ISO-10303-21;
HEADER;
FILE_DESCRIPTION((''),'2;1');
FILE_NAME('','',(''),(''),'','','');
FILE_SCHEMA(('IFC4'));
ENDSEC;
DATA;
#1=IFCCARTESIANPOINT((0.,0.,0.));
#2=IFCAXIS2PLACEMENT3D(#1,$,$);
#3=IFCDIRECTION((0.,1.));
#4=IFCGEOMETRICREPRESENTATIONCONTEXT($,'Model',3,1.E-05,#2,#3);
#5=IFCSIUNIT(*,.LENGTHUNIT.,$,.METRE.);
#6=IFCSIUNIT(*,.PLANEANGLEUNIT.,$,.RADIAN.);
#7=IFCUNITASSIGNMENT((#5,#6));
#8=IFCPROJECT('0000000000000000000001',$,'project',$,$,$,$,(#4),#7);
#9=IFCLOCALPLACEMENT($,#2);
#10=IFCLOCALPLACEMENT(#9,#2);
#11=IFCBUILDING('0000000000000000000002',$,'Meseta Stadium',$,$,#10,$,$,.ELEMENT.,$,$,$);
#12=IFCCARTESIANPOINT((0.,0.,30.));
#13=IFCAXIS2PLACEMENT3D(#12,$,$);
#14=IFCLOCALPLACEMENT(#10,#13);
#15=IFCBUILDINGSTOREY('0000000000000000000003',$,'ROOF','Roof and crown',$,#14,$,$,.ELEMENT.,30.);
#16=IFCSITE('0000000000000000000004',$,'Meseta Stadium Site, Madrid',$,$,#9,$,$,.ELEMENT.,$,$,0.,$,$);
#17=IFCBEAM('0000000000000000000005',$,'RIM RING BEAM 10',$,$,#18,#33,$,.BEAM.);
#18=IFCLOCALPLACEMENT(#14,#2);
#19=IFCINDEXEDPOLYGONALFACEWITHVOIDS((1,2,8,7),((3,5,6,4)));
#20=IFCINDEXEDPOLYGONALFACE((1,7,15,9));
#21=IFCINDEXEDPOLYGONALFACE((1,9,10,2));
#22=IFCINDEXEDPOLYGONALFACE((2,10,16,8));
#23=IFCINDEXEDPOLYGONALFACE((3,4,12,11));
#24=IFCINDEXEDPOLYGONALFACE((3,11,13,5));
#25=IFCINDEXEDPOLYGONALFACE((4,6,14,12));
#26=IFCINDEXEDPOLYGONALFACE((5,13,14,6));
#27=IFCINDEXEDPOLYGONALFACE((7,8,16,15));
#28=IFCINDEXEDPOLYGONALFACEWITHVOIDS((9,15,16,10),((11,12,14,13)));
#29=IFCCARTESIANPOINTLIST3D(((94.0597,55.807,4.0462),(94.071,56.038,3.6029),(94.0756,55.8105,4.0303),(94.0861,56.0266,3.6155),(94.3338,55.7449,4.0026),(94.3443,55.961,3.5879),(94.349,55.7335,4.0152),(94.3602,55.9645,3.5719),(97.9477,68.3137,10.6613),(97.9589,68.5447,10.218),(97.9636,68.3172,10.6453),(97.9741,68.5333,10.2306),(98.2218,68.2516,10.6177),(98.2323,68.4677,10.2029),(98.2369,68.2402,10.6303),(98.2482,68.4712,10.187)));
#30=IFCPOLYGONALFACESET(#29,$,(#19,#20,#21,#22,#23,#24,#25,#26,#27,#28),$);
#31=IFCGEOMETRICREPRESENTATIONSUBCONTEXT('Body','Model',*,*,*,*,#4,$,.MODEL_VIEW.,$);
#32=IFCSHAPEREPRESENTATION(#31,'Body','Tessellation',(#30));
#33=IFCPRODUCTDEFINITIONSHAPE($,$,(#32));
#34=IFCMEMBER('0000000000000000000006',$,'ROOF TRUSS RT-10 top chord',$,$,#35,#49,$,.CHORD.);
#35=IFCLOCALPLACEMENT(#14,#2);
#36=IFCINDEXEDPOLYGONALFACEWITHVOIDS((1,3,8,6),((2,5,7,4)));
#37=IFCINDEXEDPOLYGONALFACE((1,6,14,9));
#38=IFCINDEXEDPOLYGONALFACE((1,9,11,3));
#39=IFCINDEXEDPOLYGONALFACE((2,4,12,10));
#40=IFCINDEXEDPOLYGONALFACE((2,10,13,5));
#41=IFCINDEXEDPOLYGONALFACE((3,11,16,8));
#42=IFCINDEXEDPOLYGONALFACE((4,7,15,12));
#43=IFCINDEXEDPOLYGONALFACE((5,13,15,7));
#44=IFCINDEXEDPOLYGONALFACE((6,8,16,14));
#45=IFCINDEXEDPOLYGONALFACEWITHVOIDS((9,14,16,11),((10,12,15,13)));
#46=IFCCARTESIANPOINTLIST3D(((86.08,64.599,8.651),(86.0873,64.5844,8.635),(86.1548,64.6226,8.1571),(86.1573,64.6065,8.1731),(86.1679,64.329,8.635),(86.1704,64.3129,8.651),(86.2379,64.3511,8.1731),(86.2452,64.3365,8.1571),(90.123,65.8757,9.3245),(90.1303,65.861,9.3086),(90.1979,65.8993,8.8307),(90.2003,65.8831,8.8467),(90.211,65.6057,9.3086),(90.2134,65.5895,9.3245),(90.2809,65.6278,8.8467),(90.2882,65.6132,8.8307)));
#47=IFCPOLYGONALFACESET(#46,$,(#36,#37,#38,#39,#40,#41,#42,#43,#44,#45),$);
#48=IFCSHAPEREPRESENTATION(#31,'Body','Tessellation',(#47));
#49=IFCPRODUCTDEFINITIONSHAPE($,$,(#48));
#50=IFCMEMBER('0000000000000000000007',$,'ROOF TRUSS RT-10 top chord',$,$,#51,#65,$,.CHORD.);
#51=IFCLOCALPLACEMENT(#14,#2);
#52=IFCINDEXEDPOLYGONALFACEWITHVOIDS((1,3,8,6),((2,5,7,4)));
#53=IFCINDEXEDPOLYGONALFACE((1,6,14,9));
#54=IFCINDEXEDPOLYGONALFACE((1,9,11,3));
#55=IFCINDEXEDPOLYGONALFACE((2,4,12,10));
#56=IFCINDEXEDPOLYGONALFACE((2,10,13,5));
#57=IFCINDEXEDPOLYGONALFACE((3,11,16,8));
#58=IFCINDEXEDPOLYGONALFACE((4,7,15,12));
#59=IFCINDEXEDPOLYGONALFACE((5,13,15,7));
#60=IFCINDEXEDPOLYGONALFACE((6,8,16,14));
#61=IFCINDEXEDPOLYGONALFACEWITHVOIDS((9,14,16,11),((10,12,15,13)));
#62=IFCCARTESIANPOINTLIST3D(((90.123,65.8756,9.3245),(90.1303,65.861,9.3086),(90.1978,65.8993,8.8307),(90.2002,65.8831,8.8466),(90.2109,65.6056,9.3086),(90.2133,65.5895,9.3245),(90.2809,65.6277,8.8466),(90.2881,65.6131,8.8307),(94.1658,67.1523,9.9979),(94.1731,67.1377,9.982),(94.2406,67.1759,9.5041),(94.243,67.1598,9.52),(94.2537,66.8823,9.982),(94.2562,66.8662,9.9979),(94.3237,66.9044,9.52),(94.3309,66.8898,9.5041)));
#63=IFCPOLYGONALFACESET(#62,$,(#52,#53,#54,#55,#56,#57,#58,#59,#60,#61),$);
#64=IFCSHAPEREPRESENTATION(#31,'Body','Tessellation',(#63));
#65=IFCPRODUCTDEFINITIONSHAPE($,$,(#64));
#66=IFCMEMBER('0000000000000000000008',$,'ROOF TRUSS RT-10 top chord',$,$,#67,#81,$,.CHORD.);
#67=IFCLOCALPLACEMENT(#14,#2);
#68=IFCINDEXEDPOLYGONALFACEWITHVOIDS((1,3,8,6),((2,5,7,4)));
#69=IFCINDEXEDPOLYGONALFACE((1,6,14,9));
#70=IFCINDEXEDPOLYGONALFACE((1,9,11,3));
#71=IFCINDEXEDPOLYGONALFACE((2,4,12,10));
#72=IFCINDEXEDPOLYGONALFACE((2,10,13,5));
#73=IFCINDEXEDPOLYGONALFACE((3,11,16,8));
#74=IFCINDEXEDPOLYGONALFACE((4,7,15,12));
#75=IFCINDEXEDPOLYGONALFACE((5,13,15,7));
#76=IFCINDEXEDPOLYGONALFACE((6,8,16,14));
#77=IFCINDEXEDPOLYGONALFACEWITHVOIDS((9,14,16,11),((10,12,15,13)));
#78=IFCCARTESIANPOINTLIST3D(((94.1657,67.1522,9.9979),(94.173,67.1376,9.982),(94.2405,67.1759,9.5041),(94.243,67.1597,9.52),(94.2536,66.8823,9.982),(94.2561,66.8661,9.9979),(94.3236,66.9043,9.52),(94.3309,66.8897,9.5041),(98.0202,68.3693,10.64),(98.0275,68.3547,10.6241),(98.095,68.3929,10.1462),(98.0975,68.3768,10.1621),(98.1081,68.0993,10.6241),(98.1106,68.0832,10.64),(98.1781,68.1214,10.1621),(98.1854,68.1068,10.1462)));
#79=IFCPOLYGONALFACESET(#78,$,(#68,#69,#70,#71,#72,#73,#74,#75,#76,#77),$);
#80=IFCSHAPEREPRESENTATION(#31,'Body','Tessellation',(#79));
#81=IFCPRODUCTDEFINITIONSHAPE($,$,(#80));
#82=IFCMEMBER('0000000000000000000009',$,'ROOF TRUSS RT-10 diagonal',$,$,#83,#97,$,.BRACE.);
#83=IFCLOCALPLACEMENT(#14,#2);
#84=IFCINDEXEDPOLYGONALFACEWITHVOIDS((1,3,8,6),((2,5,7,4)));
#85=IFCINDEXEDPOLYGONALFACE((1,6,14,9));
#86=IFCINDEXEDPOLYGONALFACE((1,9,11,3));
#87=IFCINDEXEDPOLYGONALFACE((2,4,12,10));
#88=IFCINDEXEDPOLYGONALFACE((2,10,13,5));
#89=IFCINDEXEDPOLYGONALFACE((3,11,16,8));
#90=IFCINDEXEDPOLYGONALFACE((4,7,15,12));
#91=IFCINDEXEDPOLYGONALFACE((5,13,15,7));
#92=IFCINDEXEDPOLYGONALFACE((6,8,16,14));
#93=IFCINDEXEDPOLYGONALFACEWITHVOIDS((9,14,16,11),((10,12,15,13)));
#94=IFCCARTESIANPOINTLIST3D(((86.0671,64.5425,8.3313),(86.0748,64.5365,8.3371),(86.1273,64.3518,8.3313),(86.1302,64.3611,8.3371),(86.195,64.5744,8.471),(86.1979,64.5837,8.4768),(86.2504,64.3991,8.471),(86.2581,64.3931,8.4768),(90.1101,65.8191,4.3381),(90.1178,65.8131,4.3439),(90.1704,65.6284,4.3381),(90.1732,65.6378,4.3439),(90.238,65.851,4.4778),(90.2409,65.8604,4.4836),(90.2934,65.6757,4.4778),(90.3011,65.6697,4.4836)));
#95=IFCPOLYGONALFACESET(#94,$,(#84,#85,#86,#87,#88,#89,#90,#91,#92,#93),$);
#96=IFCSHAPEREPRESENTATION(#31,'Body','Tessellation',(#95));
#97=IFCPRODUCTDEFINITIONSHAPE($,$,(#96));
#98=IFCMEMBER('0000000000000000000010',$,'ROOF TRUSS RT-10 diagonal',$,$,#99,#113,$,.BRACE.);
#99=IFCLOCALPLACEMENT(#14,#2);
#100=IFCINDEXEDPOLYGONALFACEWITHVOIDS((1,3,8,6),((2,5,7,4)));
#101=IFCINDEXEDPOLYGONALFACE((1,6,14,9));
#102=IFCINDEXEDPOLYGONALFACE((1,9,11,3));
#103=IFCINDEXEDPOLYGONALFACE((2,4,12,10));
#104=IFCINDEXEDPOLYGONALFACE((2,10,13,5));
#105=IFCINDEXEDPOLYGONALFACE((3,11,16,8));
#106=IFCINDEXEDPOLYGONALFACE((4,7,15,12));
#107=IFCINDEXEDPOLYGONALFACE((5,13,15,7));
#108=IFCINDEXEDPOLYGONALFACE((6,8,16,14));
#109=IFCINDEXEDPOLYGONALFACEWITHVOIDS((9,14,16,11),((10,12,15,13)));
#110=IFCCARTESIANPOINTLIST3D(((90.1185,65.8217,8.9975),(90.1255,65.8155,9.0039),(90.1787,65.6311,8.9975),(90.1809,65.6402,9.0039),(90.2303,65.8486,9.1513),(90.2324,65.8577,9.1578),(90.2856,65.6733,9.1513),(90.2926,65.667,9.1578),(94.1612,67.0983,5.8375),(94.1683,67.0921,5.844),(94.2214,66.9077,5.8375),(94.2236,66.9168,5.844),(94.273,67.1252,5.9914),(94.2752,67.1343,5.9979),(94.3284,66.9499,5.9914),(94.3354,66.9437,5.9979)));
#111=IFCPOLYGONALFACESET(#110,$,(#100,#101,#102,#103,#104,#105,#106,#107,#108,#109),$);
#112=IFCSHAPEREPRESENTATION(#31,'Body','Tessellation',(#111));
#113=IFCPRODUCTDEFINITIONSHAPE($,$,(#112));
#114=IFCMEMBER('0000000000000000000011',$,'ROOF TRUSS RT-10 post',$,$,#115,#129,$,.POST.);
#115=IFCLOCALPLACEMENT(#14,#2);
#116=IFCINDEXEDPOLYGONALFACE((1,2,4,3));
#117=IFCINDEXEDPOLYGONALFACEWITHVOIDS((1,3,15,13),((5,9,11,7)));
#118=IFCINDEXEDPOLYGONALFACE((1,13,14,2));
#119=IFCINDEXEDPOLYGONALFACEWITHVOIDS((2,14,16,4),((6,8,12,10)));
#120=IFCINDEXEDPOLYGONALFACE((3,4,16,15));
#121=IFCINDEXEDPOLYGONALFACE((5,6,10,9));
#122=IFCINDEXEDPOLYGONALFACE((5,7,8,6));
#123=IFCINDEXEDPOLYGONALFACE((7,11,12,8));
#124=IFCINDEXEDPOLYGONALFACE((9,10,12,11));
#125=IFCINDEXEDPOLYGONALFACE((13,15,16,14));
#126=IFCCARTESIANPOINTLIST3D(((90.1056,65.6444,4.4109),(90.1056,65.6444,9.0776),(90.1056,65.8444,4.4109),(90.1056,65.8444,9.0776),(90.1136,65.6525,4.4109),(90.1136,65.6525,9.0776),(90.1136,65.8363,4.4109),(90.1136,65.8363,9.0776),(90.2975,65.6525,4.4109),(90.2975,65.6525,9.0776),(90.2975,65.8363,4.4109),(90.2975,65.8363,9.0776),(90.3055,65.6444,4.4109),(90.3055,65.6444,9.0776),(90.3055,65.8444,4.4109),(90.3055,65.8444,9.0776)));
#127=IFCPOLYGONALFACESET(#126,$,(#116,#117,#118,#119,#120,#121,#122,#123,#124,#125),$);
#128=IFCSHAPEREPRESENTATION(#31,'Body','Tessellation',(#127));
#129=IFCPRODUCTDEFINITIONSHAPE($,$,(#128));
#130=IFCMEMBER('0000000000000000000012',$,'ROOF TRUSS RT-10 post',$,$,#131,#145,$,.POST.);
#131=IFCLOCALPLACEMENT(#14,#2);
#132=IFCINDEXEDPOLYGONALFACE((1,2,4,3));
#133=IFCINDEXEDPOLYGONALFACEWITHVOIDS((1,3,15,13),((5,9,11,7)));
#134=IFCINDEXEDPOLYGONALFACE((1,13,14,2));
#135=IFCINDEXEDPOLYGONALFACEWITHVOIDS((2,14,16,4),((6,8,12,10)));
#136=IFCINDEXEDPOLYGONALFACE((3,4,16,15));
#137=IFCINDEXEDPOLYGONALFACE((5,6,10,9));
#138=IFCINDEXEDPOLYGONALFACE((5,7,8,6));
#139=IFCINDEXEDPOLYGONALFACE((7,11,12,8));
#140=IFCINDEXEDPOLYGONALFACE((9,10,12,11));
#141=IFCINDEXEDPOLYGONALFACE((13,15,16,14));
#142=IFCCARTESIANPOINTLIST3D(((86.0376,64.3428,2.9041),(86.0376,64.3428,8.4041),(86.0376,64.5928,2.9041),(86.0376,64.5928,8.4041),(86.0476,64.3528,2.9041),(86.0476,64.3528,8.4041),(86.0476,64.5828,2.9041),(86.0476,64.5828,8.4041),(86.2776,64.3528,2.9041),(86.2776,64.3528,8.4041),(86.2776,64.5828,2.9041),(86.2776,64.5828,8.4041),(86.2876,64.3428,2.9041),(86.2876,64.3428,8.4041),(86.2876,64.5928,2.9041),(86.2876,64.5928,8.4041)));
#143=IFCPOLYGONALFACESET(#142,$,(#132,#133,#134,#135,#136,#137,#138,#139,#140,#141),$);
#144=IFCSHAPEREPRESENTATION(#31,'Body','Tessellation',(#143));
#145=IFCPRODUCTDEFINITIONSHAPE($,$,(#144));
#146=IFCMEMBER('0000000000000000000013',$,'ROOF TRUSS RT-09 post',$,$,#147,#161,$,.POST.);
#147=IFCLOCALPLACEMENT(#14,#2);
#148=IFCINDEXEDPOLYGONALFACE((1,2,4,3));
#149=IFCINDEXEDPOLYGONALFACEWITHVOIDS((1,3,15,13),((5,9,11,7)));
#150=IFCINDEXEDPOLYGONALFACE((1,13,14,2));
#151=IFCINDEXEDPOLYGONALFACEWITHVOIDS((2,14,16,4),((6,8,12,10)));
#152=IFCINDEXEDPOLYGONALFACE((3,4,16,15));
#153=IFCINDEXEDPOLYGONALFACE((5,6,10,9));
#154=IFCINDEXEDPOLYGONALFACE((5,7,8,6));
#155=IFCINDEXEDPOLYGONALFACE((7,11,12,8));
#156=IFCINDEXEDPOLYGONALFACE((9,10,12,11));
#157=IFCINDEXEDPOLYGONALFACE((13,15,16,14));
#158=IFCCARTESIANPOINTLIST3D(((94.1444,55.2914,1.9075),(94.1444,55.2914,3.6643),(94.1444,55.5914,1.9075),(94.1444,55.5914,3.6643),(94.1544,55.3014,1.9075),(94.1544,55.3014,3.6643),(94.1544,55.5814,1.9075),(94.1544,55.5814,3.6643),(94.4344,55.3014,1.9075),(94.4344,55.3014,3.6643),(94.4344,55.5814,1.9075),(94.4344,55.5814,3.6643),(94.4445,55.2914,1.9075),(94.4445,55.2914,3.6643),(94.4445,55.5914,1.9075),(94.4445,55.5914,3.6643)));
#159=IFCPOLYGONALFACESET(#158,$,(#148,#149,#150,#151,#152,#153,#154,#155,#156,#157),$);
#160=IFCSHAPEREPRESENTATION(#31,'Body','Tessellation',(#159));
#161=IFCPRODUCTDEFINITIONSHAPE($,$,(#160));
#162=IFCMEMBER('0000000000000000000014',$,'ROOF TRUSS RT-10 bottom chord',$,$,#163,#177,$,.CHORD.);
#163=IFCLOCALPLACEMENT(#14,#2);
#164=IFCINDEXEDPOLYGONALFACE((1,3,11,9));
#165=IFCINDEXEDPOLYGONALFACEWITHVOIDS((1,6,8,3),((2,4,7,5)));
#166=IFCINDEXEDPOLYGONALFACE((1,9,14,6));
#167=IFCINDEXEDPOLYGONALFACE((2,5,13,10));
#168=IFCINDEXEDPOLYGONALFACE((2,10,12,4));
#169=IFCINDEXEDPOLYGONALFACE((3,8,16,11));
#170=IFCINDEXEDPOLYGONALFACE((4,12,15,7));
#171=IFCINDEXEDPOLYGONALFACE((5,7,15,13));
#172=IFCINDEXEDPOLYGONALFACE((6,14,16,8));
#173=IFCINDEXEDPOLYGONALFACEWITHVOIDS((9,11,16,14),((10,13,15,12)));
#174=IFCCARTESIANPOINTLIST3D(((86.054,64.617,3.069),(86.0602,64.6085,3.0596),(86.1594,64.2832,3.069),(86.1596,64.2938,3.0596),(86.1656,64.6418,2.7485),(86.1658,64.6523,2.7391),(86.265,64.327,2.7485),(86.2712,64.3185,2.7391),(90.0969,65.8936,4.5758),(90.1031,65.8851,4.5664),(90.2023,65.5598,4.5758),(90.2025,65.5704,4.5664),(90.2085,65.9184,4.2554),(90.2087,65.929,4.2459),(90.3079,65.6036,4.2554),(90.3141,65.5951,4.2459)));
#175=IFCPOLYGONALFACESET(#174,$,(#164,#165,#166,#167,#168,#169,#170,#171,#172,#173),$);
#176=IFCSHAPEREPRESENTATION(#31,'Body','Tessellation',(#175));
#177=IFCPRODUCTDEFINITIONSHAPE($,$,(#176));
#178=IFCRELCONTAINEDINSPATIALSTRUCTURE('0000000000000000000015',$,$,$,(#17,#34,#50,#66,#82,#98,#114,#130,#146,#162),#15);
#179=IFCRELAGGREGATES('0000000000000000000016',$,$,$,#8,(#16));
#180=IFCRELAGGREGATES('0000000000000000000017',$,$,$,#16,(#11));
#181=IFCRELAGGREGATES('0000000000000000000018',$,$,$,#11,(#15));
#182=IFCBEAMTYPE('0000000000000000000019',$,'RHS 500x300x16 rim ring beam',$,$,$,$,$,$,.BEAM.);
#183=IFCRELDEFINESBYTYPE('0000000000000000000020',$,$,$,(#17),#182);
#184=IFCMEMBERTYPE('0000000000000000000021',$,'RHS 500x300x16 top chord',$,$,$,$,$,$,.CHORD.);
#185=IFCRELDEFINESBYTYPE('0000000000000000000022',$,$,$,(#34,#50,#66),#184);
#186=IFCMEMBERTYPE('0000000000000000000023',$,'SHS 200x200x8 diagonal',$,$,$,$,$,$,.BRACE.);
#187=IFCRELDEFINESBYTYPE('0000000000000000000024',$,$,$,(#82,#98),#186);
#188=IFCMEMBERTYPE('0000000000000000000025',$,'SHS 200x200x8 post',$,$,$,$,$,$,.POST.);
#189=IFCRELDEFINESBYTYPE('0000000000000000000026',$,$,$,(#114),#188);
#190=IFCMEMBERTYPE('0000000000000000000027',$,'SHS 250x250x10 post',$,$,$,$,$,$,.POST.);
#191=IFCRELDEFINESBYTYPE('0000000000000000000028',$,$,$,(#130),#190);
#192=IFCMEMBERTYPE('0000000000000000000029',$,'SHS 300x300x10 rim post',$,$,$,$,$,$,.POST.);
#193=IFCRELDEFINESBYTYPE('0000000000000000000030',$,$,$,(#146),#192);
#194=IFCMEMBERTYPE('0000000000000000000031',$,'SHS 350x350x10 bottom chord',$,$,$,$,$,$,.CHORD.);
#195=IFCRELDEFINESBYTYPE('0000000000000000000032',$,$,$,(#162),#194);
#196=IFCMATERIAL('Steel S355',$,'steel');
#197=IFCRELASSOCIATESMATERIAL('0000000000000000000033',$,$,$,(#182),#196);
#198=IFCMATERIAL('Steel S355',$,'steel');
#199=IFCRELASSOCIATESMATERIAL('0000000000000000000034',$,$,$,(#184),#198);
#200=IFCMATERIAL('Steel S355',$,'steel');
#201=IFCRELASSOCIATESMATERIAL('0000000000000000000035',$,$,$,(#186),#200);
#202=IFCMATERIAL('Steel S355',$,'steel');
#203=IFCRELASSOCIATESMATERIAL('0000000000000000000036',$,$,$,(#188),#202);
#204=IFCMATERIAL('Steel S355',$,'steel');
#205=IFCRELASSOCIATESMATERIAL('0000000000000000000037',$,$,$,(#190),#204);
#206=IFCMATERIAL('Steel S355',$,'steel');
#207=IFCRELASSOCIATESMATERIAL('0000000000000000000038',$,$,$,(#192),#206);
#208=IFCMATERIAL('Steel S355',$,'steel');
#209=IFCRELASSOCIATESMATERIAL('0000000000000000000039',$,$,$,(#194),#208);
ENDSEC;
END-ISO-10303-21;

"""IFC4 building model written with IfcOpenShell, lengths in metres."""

from ifc_helpers import new_model, si_unit, direction, frame, origin, origin_2d, place, context, subcontext, project, spatial, hollow_rectangle, extrude, material, material_profile, profile_set, type_object, element, save


model = new_model("IFC4")

# Units and contexts
model_context = context("Model", 3, precision=1e-05, world=origin(), true_north=direction((0.0, 1.0)))
body_context = subcontext(model_context, "Body", "Model", "MODEL_VIEW")
ifc_project = project(units=[si_unit("LENGTHUNIT", "METRE"), si_unit("PLANEANGLEUNIT", "RADIAN")], contexts=[model_context])

# Site, building, storey
site_placement = place(None, origin())
site = spatial("IfcSite", under=ifc_project, at=site_placement, Name="Meseta Stadium Site, Madrid", CompositionType="ELEMENT", RefElevation=0.0)
building_placement = place(site_placement, origin())
building = spatial("IfcBuilding", under=site, at=building_placement, Name="Meseta Stadium", CompositionType="ELEMENT")
storey_placement = place(building_placement, frame((0.0, 0.0, 30.0)))
storey = spatial("IfcBuildingStorey", under=building, at=storey_placement, Name="ROOF", Description="Roof and crown", CompositionType="ELEMENT", Elevation=30.0)

# Beam
ifc_material_1 = material(Name="Steel S355", Category="steel")
ifc_material_profile_1 = material_profile(ifc_material_1, hollow_rectangle(XDim=0.3, YDim=0.5, WallThickness=0.0161, at=origin_2d()), Name="RHS 500x300x16")
ifc_profile_set_1 = profile_set([ifc_material_profile_1], Name="Steel S355")
beam_type = type_object("IfcBeamType", Name="RHS 500x300x16 rim ring beam", PredefinedType="BEAM", material=ifc_profile_set_1)
beam_placement = place(storey_placement, frame((94.21, 55.8857, 3.8091), z_axis=(0.264977, 0.85237, 0.450836), x_axis=(-0.963992, 0.245072, 0.103239)))
element("IfcBeam", 1, at=beam_placement, inside=storey, type_object=beam_type, Name="RIM RING BEAM 10", PredefinedType="BEAM", context=body_context, shape_type="SweptSolid", body=[
    extrude(hollow_rectangle(XDim=0.3, YDim=0.5, WallThickness=0.0161, at=origin_2d()), origin(), (0.0, 0.0, 1.0), 14.6729),
])

# Members
ifc_material_2 = material(Name="Steel S355", Category="steel")
ifc_material_profile_2 = material_profile(ifc_material_2, hollow_rectangle(XDim=0.3, YDim=0.5, WallThickness=0.0161, at=origin_2d()), Name="RHS 500x300x16")
ifc_profile_set_2 = profile_set([ifc_material_profile_2], Name="Steel S355")
member_type_1 = type_object("IfcMemberType", Name="RHS 500x300x16 top chord", PredefinedType="CHORD", material=ifc_profile_set_2)
member_1_placement = place(storey_placement, frame((86.1626, 64.4678, 8.4041), z_axis=(0.941779, 0.297377, 0.156906), x_axis=(-0.301107, 0.95359, 0.0)))
element("IfcMember", 2, at=member_1_placement, inside=storey, type_object=member_type_1, Name="ROOF TRUSS RT-10 top chord", PredefinedType="CHORD", context=body_context, shape_type="SweptSolid", body=[
    extrude(hollow_rectangle(XDim=0.3, YDim=0.5, WallThickness=0.0161, at=origin_2d()), origin(), (0.0, 0.0, 1.0), 4.293),
])
member_2_placement = place(storey_placement, frame((90.2056, 65.7444, 9.0776), z_axis=(0.941781, 0.297395, 0.156859), x_axis=(-0.301123, 0.953585, 0.0)))
element("IfcMember", 3, at=member_2_placement, inside=storey, type_object=member_type_1, Name="ROOF TRUSS RT-10 top chord", PredefinedType="CHORD", context=body_context, shape_type="SweptSolid", body=[
    extrude(hollow_rectangle(XDim=0.3, YDim=0.5, WallThickness=0.0161, at=origin_2d()), origin(), (0.0, 0.0, 1.0), 4.2927),
])
member_3_placement = place(storey_placement, frame((94.2483, 67.021, 9.751), z_axis=(0.941786, 0.297365, 0.156885), x_axis=(-0.301094, 0.953595, 0.0)))
element("IfcMember", 4, at=member_3_placement, inside=storey, type_object=member_type_1, Name="ROOF TRUSS RT-10 top chord", PredefinedType="CHORD", context=body_context, shape_type="SweptSolid", body=[
    extrude(hollow_rectangle(XDim=0.3, YDim=0.5, WallThickness=0.0161, at=origin_2d()), origin(), (0.0, 0.0, 1.0), 4.0928),
])
ifc_material_3 = material(Name="Steel S355", Category="steel")
ifc_material_profile_3 = material_profile(ifc_material_3, hollow_rectangle(XDim=0.2, YDim=0.2, WallThickness=0.0081, at=origin_2d()), Name="SHS 200x200x8")
ifc_profile_set_3 = profile_set([ifc_material_profile_3], Name="Steel S355")
member_type_2 = type_object("IfcMemberType", Name="SHS 200x200x8 diagonal", PredefinedType="BRACE", material=ifc_profile_set_3)
member_4_placement = place(storey_placement, frame((86.1626, 64.4678, 8.4041), z_axis=(0.694174, 0.219193, -0.685622), x_axis=(-0.301107, 0.95359, 0.0)))
element("IfcMember", 5, at=member_4_placement, inside=storey, type_object=member_type_2, Name="ROOF TRUSS RT-10 diagonal", PredefinedType="BRACE", context=body_context, shape_type="SweptSolid", body=[
    extrude(hollow_rectangle(XDim=0.2, YDim=0.2, WallThickness=0.0081, at=origin_2d()), origin(), (0.0, 0.0, 1.0), 5.8242),
])
member_5_placement = place(storey_placement, frame((90.2056, 65.7444, 9.0776), z_axis=(0.764571, 0.241436, -0.597611), x_axis=(-0.301123, 0.953585, 0.0)))
element("IfcMember", 6, at=member_5_placement, inside=storey, type_object=member_type_2, Name="ROOF TRUSS RT-10 diagonal", PredefinedType="BRACE", context=body_context, shape_type="SweptSolid", body=[
    extrude(hollow_rectangle(XDim=0.2, YDim=0.2, WallThickness=0.0081, at=origin_2d()), origin(), (0.0, 0.0, 1.0), 5.2876),
])
ifc_material_4 = material(Name="Steel S355", Category="steel")
ifc_material_profile_4 = material_profile(ifc_material_4, hollow_rectangle(XDim=0.2, YDim=0.2, WallThickness=0.0081, at=origin_2d()), Name="SHS 200x200x8")
ifc_profile_set_4 = profile_set([ifc_material_profile_4], Name="Steel S355")
member_type_3 = type_object("IfcMemberType", Name="SHS 200x200x8 post", PredefinedType="POST", material=ifc_profile_set_4)
member_6_placement = place(storey_placement, frame((90.2056, 65.7444, 4.4109), z_axis=(0.0, 0.0, 1.0), x_axis=(1.0, 0.0, 0.0)))
element("IfcMember", 7, at=member_6_placement, inside=storey, type_object=member_type_3, Name="ROOF TRUSS RT-10 post", PredefinedType="POST", context=body_context, shape_type="SweptSolid", body=[
    extrude(hollow_rectangle(XDim=0.2, YDim=0.2, WallThickness=0.0081, at=origin_2d()), origin(), (0.0, 0.0, 1.0), 4.6667),
])
ifc_material_5 = material(Name="Steel S355", Category="steel")
ifc_material_profile_5 = material_profile(ifc_material_5, hollow_rectangle(XDim=0.25, YDim=0.25, WallThickness=0.01, at=origin_2d()), Name="SHS 250x250x10")
ifc_profile_set_5 = profile_set([ifc_material_profile_5], Name="Steel S355")
member_type_4 = type_object("IfcMemberType", Name="SHS 250x250x10 post", PredefinedType="POST", material=ifc_profile_set_5)
member_7_placement = place(storey_placement, frame((86.1626, 64.4678, 2.9041), z_axis=(0.0, 0.0, 1.0), x_axis=(1.0, 0.0, 0.0)))
element("IfcMember", 8, at=member_7_placement, inside=storey, type_object=member_type_4, Name="ROOF TRUSS RT-10 post", PredefinedType="POST", context=body_context, shape_type="SweptSolid", body=[
    extrude(hollow_rectangle(XDim=0.25, YDim=0.25, WallThickness=0.01, at=origin_2d()), origin(), (0.0, 0.0, 1.0), 5.5),
])
ifc_material_6 = material(Name="Steel S355", Category="steel")
ifc_material_profile_6 = material_profile(ifc_material_6, hollow_rectangle(XDim=0.3, YDim=0.3, WallThickness=0.01, at=origin_2d()), Name="SHS 300x300x10")
ifc_profile_set_6 = profile_set([ifc_material_profile_6], Name="Steel S355")
member_type_5 = type_object("IfcMemberType", Name="SHS 300x300x10 rim post", PredefinedType="POST", material=ifc_profile_set_6)
member_8_placement = place(storey_placement, frame((94.2944, 55.4414, 1.9075), z_axis=(0.0, 0.0, 1.0), x_axis=(1.0, 0.0, 0.0)))
element("IfcMember", 9, at=member_8_placement, inside=storey, type_object=member_type_5, Name="ROOF TRUSS RT-09 post", PredefinedType="POST", context=body_context, shape_type="SweptSolid", body=[
    extrude(hollow_rectangle(XDim=0.3, YDim=0.3, WallThickness=0.01, at=origin_2d()), origin(), (0.0, 0.0, 1.0), 1.7568),
])
ifc_material_7 = material(Name="Steel S355", Category="steel")
ifc_material_profile_7 = material_profile(ifc_material_7, hollow_rectangle(XDim=0.3501, YDim=0.3501, WallThickness=0.01, at=origin_2d()), Name="SHS 350x350x10")
ifc_profile_set_7 = profile_set([ifc_material_profile_7], Name="Steel S355")
member_type_6 = type_object("IfcMemberType", Name="SHS 350x350x10 bottom chord", PredefinedType="CHORD", material=ifc_profile_set_7)
member_9_placement = place(storey_placement, frame((86.1626, 64.4678, 2.9041), z_axis=(0.898529, 0.28372, 0.334886), x_axis=(-0.301107, 0.95359, 0.0)))
element("IfcMember", 10, at=member_9_placement, inside=storey, type_object=member_type_6, Name="ROOF TRUSS RT-10 bottom chord", PredefinedType="CHORD", context=body_context, shape_type="SweptSolid", body=[
    extrude(hollow_rectangle(XDim=0.3501, YDim=0.3501, WallThickness=0.01, at=origin_2d()), origin(), (0.0, 0.0, 1.0), 4.4995),
])

save(model, "model.ifc")
